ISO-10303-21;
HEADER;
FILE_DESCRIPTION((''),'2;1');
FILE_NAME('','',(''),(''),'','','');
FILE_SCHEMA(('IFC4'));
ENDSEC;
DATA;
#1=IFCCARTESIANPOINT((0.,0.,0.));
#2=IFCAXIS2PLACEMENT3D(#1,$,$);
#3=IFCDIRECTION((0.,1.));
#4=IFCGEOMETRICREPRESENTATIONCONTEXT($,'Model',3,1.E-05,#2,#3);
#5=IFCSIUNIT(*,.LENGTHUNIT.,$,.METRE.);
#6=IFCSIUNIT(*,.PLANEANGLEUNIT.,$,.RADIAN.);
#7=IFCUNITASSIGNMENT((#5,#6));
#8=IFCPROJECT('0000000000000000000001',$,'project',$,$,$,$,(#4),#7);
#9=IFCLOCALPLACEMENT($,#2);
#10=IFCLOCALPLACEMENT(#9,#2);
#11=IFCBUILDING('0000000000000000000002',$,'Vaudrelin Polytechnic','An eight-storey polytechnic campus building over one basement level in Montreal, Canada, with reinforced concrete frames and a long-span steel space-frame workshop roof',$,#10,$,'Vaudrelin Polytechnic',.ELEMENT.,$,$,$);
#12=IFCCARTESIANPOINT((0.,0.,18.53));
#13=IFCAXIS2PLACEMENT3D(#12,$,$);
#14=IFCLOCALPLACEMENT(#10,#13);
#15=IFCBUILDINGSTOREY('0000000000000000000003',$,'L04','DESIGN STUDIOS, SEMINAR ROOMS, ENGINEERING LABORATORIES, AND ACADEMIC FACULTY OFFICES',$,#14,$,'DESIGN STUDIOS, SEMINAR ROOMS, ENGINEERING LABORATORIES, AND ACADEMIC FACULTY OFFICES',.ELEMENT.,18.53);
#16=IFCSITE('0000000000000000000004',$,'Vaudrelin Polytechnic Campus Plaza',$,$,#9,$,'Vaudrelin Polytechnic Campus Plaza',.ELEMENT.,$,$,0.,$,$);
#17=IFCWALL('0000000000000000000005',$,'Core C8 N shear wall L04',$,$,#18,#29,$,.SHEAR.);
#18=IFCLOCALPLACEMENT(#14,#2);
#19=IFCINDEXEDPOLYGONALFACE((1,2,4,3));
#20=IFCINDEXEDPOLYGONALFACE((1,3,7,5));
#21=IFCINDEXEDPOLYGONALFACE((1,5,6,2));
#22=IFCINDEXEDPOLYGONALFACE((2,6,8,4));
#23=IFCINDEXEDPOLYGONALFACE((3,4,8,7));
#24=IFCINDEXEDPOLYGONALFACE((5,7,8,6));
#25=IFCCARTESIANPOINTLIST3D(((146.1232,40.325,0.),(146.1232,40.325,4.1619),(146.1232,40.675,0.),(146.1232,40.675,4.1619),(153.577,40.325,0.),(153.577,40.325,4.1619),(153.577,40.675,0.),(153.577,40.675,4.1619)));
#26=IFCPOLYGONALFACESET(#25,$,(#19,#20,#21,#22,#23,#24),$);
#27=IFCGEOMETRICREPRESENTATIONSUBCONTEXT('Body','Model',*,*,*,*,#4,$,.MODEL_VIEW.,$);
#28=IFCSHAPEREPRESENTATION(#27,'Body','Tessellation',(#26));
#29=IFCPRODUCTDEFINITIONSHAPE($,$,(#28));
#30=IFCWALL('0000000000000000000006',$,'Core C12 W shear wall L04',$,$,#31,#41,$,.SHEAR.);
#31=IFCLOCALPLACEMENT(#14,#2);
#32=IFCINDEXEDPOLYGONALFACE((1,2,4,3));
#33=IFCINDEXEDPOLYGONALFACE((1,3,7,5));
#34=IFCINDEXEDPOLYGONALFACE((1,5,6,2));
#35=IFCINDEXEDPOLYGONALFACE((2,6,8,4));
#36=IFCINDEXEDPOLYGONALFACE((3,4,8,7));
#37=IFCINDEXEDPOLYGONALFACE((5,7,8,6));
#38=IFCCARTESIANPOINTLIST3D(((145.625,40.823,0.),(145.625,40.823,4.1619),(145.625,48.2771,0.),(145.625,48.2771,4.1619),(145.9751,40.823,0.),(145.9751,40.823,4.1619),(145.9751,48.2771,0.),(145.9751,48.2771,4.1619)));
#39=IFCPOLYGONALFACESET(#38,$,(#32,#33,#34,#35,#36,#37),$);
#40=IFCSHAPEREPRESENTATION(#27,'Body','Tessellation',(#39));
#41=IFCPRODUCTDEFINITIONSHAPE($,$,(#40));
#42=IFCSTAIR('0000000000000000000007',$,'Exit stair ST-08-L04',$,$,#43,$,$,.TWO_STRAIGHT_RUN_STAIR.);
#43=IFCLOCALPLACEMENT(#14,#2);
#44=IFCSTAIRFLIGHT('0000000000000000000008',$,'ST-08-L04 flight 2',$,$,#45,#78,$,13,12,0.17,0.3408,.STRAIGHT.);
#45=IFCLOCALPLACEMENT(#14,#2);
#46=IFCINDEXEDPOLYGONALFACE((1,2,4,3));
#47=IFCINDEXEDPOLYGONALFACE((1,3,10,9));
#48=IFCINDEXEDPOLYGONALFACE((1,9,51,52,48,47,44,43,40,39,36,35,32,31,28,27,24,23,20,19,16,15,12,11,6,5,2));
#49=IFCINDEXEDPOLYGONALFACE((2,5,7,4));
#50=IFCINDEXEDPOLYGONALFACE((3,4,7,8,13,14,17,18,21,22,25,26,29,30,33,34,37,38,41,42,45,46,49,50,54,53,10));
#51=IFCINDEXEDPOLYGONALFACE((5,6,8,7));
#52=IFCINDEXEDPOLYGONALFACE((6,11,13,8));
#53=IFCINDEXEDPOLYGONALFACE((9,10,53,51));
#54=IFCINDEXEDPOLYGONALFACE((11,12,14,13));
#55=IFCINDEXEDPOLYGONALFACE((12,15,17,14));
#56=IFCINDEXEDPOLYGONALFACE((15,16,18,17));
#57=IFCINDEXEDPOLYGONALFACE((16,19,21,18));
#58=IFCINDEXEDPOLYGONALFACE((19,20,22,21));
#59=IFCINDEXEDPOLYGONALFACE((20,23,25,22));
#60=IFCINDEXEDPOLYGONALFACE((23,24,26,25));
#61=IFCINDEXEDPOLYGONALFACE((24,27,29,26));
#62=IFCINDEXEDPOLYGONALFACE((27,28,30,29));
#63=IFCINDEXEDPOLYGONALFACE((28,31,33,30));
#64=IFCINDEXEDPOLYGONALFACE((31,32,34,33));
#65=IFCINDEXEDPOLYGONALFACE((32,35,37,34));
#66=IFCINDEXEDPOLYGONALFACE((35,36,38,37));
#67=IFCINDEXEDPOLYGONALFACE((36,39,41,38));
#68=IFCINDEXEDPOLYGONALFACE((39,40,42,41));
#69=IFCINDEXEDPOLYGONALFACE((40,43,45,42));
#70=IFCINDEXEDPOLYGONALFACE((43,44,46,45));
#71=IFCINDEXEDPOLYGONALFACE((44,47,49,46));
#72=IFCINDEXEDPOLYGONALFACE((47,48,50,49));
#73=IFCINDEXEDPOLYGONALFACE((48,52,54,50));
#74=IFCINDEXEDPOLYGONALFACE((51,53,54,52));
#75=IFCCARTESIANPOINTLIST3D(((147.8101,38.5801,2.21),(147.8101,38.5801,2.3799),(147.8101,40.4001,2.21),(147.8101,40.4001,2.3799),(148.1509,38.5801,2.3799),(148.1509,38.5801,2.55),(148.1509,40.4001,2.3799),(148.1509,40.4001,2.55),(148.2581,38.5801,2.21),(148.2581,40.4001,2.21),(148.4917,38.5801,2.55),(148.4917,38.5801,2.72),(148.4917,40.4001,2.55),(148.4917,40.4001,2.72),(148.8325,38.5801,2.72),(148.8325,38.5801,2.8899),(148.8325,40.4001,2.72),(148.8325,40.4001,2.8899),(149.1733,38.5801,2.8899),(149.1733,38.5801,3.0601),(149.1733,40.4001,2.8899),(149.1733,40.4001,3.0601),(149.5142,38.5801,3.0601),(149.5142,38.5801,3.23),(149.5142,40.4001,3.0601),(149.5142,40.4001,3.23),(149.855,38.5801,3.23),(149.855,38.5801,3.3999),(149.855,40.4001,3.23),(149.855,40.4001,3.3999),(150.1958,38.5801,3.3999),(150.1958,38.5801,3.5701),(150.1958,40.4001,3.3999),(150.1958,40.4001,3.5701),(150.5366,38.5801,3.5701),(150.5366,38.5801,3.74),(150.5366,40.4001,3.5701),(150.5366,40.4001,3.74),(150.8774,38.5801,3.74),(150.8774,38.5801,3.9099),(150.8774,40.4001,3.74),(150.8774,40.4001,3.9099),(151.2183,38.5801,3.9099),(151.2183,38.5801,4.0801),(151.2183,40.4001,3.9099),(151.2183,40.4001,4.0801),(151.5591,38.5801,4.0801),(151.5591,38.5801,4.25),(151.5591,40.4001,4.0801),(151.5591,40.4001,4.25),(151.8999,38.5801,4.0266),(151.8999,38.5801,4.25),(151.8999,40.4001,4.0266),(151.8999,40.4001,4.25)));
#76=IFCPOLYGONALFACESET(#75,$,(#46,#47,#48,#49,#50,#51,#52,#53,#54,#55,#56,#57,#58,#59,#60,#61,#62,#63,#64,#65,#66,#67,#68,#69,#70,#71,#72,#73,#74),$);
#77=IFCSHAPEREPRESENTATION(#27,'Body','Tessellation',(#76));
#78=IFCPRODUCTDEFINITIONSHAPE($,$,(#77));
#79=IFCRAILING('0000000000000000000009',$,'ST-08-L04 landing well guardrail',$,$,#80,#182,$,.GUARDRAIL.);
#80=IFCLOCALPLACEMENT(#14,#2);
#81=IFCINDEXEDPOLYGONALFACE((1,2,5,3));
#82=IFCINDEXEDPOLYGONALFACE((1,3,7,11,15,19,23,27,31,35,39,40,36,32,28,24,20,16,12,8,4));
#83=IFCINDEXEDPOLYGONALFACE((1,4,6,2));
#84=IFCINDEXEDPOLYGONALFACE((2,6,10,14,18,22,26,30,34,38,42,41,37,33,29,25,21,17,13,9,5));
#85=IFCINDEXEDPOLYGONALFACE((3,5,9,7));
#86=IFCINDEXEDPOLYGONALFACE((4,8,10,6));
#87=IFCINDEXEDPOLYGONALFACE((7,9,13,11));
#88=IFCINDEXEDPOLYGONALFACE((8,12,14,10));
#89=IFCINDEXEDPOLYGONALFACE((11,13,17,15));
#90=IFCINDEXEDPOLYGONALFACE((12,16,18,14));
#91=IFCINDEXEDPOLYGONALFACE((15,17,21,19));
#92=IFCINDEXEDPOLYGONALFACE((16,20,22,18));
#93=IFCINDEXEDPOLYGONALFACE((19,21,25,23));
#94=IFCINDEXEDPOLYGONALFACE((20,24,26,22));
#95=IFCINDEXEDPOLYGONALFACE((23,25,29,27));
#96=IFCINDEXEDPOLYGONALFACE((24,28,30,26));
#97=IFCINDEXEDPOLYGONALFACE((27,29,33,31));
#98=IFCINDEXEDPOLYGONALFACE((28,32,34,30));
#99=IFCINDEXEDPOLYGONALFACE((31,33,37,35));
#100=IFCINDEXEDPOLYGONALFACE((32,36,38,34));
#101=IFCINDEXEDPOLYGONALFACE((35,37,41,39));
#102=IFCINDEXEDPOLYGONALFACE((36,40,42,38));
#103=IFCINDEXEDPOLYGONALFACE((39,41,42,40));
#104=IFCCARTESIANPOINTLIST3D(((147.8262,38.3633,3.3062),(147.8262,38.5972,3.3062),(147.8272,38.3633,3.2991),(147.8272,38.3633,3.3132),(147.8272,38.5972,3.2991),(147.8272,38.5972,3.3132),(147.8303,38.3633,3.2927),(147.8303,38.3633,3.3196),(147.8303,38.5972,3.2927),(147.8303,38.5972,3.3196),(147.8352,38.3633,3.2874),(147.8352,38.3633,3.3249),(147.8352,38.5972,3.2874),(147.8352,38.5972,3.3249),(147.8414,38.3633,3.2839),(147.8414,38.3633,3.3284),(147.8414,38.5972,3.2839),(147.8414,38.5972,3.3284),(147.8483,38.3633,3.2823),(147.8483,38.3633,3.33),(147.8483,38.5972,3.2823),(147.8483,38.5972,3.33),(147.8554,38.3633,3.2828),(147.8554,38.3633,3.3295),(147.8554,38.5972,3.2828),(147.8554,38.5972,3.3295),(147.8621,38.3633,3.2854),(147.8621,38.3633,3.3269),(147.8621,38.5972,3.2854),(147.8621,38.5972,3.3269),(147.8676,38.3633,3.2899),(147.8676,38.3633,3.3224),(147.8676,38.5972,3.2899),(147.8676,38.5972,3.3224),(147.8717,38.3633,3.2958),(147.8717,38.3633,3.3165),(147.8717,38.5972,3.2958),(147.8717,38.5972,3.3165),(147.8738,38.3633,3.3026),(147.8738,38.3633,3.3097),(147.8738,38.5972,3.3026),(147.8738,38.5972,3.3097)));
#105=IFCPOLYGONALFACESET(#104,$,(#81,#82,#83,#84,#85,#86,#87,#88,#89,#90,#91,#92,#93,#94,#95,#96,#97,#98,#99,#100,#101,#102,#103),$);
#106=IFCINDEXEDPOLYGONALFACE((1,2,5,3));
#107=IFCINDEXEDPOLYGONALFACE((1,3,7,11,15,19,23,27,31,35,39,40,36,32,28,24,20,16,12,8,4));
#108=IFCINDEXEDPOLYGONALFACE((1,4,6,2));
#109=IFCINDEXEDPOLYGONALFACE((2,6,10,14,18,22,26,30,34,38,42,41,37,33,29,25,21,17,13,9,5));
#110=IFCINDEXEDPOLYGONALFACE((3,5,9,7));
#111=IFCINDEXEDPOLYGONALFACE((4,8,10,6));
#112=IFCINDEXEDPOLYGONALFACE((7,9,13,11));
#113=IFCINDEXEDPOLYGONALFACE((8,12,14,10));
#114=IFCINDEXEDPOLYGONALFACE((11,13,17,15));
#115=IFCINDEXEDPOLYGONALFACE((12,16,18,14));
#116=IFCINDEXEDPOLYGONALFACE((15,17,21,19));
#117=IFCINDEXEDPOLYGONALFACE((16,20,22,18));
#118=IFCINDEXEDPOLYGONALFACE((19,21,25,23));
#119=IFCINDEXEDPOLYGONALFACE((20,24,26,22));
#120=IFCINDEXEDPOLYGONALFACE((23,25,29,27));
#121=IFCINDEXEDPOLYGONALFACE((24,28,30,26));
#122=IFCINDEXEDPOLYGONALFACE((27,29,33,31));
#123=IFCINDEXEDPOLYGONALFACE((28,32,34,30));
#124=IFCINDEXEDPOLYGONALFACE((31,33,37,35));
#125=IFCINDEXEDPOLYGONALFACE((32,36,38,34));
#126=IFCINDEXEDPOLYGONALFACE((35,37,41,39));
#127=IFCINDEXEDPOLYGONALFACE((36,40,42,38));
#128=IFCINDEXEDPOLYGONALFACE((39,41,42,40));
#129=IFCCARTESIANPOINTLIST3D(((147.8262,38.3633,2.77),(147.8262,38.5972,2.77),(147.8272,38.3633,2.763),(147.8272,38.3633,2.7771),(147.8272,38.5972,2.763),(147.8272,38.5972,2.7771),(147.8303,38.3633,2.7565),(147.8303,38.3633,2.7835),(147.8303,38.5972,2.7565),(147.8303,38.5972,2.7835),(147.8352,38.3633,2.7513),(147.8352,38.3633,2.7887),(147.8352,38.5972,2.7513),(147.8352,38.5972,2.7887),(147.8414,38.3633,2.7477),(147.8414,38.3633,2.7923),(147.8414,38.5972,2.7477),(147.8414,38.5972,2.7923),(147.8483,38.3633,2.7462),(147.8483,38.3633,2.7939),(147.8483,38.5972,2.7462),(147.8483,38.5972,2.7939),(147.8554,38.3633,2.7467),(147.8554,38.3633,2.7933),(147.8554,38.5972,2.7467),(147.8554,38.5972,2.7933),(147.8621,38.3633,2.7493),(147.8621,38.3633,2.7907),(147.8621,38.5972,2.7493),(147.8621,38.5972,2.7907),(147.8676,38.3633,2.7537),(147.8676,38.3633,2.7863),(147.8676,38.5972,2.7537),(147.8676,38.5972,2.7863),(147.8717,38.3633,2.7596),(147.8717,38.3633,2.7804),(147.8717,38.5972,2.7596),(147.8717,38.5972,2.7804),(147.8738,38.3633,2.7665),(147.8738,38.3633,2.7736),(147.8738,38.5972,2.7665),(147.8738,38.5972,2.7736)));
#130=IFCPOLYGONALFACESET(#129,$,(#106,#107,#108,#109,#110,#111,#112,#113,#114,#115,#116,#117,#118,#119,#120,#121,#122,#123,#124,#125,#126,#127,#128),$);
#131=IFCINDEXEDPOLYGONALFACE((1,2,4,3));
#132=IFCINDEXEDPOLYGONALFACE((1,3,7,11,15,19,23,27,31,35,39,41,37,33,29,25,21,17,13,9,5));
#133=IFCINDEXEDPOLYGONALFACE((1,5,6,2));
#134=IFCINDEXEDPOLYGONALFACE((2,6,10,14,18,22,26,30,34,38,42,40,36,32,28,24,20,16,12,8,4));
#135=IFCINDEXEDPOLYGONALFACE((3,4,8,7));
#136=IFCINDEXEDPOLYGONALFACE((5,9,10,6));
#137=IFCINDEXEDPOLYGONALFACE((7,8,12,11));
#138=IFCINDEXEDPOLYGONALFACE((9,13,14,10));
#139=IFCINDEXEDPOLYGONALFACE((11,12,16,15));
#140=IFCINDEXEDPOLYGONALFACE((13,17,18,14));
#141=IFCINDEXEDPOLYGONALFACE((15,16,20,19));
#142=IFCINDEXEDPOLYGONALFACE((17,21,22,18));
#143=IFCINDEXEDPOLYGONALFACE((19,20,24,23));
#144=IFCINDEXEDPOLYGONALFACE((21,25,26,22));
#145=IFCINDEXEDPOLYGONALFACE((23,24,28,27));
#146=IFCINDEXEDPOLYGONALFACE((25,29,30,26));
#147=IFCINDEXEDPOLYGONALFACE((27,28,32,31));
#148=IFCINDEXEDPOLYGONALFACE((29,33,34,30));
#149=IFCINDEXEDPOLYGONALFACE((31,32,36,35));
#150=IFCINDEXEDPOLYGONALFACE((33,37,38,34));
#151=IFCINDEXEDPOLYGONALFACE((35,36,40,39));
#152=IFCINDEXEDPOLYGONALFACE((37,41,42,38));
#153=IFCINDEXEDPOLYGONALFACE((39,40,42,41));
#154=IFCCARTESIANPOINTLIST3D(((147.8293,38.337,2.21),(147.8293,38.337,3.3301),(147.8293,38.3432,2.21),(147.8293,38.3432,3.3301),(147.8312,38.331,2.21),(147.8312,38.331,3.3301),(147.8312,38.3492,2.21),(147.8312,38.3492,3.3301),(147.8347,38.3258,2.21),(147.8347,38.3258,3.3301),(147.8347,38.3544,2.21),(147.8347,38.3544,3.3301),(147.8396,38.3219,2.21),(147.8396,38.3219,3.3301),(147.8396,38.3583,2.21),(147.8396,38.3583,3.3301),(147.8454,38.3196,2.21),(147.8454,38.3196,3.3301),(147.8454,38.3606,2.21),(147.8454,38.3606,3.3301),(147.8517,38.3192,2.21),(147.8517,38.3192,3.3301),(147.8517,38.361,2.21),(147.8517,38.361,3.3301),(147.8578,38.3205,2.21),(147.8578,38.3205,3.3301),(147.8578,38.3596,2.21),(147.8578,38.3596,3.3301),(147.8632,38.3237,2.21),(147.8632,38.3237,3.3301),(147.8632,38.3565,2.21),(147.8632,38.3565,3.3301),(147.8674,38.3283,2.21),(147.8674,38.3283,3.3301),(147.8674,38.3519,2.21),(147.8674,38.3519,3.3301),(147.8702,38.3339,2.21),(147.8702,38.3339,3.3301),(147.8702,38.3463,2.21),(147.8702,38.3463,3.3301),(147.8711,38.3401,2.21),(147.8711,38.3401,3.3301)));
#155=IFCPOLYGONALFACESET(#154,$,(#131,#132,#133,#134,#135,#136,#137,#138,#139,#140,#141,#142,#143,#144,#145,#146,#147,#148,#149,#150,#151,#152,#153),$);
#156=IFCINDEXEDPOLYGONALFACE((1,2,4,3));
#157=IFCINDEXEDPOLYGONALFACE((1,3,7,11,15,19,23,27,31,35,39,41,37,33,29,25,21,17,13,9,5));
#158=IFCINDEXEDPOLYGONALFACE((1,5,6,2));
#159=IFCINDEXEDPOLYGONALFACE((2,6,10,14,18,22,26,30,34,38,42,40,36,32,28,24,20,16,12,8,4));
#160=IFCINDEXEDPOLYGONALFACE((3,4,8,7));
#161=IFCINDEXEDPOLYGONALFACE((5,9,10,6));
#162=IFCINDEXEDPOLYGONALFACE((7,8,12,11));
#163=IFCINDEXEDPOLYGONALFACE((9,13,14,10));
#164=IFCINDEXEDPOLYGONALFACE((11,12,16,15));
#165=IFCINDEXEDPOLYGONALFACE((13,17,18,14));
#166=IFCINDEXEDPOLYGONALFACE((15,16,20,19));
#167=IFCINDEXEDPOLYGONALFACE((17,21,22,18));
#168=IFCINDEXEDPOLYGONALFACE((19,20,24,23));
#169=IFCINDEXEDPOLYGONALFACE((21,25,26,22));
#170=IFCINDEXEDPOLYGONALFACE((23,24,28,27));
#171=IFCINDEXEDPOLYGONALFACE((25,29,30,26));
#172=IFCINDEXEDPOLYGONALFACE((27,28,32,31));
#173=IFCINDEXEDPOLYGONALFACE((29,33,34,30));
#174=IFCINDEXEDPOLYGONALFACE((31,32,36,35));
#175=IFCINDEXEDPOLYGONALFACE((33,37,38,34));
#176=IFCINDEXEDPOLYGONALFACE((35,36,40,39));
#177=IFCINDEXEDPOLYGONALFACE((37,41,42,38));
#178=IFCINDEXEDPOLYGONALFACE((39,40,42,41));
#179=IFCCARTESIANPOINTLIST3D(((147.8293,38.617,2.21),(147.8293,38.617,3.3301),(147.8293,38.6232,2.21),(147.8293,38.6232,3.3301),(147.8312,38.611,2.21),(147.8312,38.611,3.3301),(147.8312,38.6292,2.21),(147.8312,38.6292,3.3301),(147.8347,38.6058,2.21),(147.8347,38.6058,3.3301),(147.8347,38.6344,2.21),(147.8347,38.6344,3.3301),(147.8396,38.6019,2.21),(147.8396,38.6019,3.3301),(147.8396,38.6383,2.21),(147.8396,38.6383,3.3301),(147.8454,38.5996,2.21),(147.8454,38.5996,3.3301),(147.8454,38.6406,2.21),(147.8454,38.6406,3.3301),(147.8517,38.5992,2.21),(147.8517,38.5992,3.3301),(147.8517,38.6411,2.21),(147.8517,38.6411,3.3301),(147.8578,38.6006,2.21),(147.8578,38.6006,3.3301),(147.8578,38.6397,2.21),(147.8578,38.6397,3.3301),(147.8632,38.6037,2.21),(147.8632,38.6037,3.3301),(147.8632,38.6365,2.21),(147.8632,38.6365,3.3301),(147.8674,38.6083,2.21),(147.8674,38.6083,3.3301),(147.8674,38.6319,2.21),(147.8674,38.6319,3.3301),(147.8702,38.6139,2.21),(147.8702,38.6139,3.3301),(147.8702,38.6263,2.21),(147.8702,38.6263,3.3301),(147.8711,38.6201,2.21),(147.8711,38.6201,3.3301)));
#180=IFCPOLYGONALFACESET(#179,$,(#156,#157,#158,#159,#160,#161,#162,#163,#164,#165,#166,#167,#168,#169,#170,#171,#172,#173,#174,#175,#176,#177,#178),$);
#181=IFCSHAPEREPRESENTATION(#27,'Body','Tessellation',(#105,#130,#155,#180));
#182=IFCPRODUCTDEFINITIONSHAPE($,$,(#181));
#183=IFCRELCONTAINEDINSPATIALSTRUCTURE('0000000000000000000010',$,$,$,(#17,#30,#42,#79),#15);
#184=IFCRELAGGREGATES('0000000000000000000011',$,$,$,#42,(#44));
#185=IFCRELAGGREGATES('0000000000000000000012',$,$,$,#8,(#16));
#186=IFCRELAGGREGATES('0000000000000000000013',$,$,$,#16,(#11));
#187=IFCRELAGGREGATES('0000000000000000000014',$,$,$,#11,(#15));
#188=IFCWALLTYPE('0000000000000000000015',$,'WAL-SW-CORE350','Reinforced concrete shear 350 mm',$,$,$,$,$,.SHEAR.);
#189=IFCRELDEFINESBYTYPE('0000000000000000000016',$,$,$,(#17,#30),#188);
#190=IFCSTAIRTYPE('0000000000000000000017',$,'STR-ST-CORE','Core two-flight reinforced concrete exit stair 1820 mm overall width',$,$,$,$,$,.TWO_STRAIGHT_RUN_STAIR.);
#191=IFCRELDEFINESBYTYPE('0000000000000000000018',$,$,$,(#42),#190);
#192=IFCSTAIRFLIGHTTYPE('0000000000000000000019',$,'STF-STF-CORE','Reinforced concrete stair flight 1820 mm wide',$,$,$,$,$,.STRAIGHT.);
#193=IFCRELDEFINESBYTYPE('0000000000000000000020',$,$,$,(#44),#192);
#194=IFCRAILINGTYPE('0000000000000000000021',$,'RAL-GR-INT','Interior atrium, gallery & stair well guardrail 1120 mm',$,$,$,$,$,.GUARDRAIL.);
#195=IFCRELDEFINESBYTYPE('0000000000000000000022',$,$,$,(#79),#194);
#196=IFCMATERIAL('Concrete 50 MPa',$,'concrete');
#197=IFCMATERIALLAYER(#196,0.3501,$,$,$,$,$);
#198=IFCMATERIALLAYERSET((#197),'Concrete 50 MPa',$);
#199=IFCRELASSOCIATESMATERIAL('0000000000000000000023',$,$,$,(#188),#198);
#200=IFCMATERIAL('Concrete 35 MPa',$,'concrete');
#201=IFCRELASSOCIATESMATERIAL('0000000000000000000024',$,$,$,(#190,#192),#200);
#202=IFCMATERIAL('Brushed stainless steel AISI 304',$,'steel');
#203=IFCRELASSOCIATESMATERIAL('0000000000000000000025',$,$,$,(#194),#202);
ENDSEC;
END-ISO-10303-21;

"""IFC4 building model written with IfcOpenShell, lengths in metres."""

from ifc_helpers import new_model, si_unit, direction, frame, frame_2d, origin, origin_2d, place, context, subcontext, project, spatial, polyline, rectangle, circle, outline, extrude, material, layer, layer_set, type_object, element, aggregate, save


model = new_model("IFC4")

# Units and contexts
model_context = context("Model", 3, precision=1e-05, world=origin(), true_north=direction((0.0, 1.0)))
body_context = subcontext(model_context, "Body", "Model", "MODEL_VIEW")
ifc_project = project(units=[si_unit("LENGTHUNIT", "METRE"), si_unit("PLANEANGLEUNIT", "RADIAN")], contexts=[model_context])

# Site, building, storey
site_placement = place(None, origin())
site = spatial("IfcSite", under=ifc_project, at=site_placement, Name="Vaudrelin Polytechnic Campus Plaza", LongName="Vaudrelin Polytechnic Campus Plaza", CompositionType="ELEMENT", RefElevation=0.0)
building_placement = place(site_placement, origin())
building = spatial("IfcBuilding", under=site, at=building_placement, Name="Vaudrelin Polytechnic", Description="An eight-storey polytechnic campus building over one basement level in Montreal, Canada, with reinforced concrete frames and a long-span steel space-frame workshop roof", LongName="Vaudrelin Polytechnic", CompositionType="ELEMENT")
storey_placement = place(building_placement, frame((0.0, 0.0, 18.53)))
storey = spatial("IfcBuildingStorey", under=building, at=storey_placement, Name="L04", Description="DESIGN STUDIOS, SEMINAR ROOMS, ENGINEERING LABORATORIES, AND ACADEMIC FACULTY OFFICES", LongName="DESIGN STUDIOS, SEMINAR ROOMS, ENGINEERING LABORATORIES, AND ACADEMIC FACULTY OFFICES", CompositionType="ELEMENT", Elevation=18.53)

# Shared definitions
ifc_material_1 = material(Name="Concrete 50 MPa", Category="concrete")

# Walls
ifc_layer_1 = layer(ifc_material_1, 0.3501)
ifc_layer_set_1 = layer_set([ifc_layer_1], Name="Concrete 50 MPa")
wall_type_1 = type_object("IfcWallType", Name="WAL-SW-CORE350", Description="Reinforced concrete shear 350 mm", PredefinedType="SHEAR", material=ifc_layer_set_1)
wall_1_placement = place(storey_placement, frame((146.123, 40.5, 0.0), z_axis=(0.0, 0.0, 1.0), x_axis=(1.0, 0.0, 0.0)))
element("IfcWall", 1, at=wall_1_placement, inside=storey, type_object=wall_type_1, Name="Core C8 N shear wall L04", PredefinedType="SHEAR", context=body_context, shape_type="SweptSolid", body=[
    extrude(rectangle(XDim=7.4539, YDim=0.3501, at=frame_2d((3.7271, 0.0))), origin(), (0.0, 0.0, 1.0), 4.1619),
])
wall_2_placement = place(storey_placement, frame((145.8, 40.823, 0.0), z_axis=(0.0, 0.0, 1.0), x_axis=(0.0, 1.0, 0.0)))
element("IfcWall", 2, at=wall_2_placement, inside=storey, type_object=wall_type_1, Name="Core C12 W shear wall L04", PredefinedType="SHEAR", context=body_context, shape_type="SweptSolid", body=[
    extrude(rectangle(XDim=7.4541, YDim=0.3501, at=frame_2d((3.7271, 0.0))), origin(), (0.0, 0.0, 1.0), 4.1619),
])

# Stair, stair flight
ifc_material_2 = material(Name="Concrete 35 MPa", Category="concrete")
stair_type = type_object("IfcStairType", Name="STR-ST-CORE", Description="Core two-flight reinforced concrete exit stair 1820 mm overall width", PredefinedType="TWO_STRAIGHT_RUN_STAIR", material=ifc_material_2)
stair_placement = place(storey_placement, origin())
stair = element("IfcStair", 3, at=stair_placement, inside=storey, type_object=stair_type, Name="Exit stair ST-08-L04", PredefinedType="TWO_STRAIGHT_RUN_STAIR")
stair_flight_type = type_object("IfcStairFlightType", Name="STF-STF-CORE", Description="Reinforced concrete stair flight 1820 mm wide", PredefinedType="STRAIGHT", material=ifc_material_2)
stair_flight_placement = place(storey_placement, frame((147.8101, 39.49, 2.21), z_axis=(0.0, 0.0, 1.0), x_axis=(1.0, 0.0, 0.0)))
stair_flight = element("IfcStairFlight", 4, at=stair_flight_placement, type_object=stair_flight_type, Name="ST-08-L04 flight 2", NumberOfRisers=13, NumberOfTreads=12, PredefinedType="STRAIGHT", RiserHeight=0.17, TreadLength=0.3408, context=body_context, shape_type="SweptSolid", body=[
    extrude(outline(polyline([(0.0, 0.0), (0.0, 0.1699), (0.3408, 0.1699), (0.3408, 0.3401), (0.6816, 0.3401), (0.6816, 0.51), (1.0225, 0.51), (1.0225, 0.6799), (1.3633, 0.6799), (1.3633, 0.8501), (1.7041, 0.8501), (1.7041, 1.02), (2.0449, 1.02), (2.0449, 1.1899), (2.3857, 1.1899), (2.3857, 1.3601), (2.7266, 1.3601), (2.7266, 1.53), (3.0674, 1.53), (3.0674, 1.7), (3.4082, 1.7), (3.4082, 1.8701), (3.749, 1.8701), (3.749, 2.04), (4.0898, 2.04), (4.0898, 2.21), (4.0898, 1.8167), (0.448, 0.0), (0.0, 0.0)])), frame((0.0, 0.9102, 0.0), z_axis=(0.0, -1.0, 0.0), x_axis=(1.0, 0.0, 0.0)), (0.0, 0.0, 1.0), 1.8201),
])
aggregate(stair, [stair_flight])

# Railing
ifc_material_3 = material(Name="Brushed stainless steel AISI 304", Category="steel")
railing_type_1 = type_object("IfcRailingType", Name="RAL-GR-INT", Description="Interior atrium, gallery & stair well guardrail 1120 mm", PredefinedType="GUARDRAIL", material=ifc_material_3)
railing_1_placement = place(storey_placement, frame((147.8501, 38.3401, 2.21)))
element("IfcRailing", 5, at=railing_1_placement, inside=storey, type_object=railing_type_1, Name="ST-08-L04 landing well guardrail", PredefinedType="GUARDRAIL", context=body_context, shape_type="SweptSolid", body=[
    extrude(circle(Radius=0.0239, at=origin_2d()), frame((0.0, 0.0232, 1.0962), z_axis=(0.0, 1.0, 0.0), x_axis=(-1.0, 0.0, 0.0)), (0.0, 0.0, 1.0), 0.2339),
    extrude(circle(Radius=0.0239, at=origin_2d()), frame((0.0, 0.0232, 0.5601), z_axis=(0.0, 1.0, 0.0), x_axis=(-1.0, 0.0, 0.0)), (0.0, 0.0, 1.0), 0.2339),
    extrude(circle(Radius=0.021, at=origin_2d()), origin(), (0.0, 0.0, 1.0), 1.1201),
    extrude(circle(Radius=0.021, at=origin_2d()), frame((0.0, 0.28, 0.0)), (0.0, 0.0, 1.0), 1.1201),
])

save(model, "model.ifc")
